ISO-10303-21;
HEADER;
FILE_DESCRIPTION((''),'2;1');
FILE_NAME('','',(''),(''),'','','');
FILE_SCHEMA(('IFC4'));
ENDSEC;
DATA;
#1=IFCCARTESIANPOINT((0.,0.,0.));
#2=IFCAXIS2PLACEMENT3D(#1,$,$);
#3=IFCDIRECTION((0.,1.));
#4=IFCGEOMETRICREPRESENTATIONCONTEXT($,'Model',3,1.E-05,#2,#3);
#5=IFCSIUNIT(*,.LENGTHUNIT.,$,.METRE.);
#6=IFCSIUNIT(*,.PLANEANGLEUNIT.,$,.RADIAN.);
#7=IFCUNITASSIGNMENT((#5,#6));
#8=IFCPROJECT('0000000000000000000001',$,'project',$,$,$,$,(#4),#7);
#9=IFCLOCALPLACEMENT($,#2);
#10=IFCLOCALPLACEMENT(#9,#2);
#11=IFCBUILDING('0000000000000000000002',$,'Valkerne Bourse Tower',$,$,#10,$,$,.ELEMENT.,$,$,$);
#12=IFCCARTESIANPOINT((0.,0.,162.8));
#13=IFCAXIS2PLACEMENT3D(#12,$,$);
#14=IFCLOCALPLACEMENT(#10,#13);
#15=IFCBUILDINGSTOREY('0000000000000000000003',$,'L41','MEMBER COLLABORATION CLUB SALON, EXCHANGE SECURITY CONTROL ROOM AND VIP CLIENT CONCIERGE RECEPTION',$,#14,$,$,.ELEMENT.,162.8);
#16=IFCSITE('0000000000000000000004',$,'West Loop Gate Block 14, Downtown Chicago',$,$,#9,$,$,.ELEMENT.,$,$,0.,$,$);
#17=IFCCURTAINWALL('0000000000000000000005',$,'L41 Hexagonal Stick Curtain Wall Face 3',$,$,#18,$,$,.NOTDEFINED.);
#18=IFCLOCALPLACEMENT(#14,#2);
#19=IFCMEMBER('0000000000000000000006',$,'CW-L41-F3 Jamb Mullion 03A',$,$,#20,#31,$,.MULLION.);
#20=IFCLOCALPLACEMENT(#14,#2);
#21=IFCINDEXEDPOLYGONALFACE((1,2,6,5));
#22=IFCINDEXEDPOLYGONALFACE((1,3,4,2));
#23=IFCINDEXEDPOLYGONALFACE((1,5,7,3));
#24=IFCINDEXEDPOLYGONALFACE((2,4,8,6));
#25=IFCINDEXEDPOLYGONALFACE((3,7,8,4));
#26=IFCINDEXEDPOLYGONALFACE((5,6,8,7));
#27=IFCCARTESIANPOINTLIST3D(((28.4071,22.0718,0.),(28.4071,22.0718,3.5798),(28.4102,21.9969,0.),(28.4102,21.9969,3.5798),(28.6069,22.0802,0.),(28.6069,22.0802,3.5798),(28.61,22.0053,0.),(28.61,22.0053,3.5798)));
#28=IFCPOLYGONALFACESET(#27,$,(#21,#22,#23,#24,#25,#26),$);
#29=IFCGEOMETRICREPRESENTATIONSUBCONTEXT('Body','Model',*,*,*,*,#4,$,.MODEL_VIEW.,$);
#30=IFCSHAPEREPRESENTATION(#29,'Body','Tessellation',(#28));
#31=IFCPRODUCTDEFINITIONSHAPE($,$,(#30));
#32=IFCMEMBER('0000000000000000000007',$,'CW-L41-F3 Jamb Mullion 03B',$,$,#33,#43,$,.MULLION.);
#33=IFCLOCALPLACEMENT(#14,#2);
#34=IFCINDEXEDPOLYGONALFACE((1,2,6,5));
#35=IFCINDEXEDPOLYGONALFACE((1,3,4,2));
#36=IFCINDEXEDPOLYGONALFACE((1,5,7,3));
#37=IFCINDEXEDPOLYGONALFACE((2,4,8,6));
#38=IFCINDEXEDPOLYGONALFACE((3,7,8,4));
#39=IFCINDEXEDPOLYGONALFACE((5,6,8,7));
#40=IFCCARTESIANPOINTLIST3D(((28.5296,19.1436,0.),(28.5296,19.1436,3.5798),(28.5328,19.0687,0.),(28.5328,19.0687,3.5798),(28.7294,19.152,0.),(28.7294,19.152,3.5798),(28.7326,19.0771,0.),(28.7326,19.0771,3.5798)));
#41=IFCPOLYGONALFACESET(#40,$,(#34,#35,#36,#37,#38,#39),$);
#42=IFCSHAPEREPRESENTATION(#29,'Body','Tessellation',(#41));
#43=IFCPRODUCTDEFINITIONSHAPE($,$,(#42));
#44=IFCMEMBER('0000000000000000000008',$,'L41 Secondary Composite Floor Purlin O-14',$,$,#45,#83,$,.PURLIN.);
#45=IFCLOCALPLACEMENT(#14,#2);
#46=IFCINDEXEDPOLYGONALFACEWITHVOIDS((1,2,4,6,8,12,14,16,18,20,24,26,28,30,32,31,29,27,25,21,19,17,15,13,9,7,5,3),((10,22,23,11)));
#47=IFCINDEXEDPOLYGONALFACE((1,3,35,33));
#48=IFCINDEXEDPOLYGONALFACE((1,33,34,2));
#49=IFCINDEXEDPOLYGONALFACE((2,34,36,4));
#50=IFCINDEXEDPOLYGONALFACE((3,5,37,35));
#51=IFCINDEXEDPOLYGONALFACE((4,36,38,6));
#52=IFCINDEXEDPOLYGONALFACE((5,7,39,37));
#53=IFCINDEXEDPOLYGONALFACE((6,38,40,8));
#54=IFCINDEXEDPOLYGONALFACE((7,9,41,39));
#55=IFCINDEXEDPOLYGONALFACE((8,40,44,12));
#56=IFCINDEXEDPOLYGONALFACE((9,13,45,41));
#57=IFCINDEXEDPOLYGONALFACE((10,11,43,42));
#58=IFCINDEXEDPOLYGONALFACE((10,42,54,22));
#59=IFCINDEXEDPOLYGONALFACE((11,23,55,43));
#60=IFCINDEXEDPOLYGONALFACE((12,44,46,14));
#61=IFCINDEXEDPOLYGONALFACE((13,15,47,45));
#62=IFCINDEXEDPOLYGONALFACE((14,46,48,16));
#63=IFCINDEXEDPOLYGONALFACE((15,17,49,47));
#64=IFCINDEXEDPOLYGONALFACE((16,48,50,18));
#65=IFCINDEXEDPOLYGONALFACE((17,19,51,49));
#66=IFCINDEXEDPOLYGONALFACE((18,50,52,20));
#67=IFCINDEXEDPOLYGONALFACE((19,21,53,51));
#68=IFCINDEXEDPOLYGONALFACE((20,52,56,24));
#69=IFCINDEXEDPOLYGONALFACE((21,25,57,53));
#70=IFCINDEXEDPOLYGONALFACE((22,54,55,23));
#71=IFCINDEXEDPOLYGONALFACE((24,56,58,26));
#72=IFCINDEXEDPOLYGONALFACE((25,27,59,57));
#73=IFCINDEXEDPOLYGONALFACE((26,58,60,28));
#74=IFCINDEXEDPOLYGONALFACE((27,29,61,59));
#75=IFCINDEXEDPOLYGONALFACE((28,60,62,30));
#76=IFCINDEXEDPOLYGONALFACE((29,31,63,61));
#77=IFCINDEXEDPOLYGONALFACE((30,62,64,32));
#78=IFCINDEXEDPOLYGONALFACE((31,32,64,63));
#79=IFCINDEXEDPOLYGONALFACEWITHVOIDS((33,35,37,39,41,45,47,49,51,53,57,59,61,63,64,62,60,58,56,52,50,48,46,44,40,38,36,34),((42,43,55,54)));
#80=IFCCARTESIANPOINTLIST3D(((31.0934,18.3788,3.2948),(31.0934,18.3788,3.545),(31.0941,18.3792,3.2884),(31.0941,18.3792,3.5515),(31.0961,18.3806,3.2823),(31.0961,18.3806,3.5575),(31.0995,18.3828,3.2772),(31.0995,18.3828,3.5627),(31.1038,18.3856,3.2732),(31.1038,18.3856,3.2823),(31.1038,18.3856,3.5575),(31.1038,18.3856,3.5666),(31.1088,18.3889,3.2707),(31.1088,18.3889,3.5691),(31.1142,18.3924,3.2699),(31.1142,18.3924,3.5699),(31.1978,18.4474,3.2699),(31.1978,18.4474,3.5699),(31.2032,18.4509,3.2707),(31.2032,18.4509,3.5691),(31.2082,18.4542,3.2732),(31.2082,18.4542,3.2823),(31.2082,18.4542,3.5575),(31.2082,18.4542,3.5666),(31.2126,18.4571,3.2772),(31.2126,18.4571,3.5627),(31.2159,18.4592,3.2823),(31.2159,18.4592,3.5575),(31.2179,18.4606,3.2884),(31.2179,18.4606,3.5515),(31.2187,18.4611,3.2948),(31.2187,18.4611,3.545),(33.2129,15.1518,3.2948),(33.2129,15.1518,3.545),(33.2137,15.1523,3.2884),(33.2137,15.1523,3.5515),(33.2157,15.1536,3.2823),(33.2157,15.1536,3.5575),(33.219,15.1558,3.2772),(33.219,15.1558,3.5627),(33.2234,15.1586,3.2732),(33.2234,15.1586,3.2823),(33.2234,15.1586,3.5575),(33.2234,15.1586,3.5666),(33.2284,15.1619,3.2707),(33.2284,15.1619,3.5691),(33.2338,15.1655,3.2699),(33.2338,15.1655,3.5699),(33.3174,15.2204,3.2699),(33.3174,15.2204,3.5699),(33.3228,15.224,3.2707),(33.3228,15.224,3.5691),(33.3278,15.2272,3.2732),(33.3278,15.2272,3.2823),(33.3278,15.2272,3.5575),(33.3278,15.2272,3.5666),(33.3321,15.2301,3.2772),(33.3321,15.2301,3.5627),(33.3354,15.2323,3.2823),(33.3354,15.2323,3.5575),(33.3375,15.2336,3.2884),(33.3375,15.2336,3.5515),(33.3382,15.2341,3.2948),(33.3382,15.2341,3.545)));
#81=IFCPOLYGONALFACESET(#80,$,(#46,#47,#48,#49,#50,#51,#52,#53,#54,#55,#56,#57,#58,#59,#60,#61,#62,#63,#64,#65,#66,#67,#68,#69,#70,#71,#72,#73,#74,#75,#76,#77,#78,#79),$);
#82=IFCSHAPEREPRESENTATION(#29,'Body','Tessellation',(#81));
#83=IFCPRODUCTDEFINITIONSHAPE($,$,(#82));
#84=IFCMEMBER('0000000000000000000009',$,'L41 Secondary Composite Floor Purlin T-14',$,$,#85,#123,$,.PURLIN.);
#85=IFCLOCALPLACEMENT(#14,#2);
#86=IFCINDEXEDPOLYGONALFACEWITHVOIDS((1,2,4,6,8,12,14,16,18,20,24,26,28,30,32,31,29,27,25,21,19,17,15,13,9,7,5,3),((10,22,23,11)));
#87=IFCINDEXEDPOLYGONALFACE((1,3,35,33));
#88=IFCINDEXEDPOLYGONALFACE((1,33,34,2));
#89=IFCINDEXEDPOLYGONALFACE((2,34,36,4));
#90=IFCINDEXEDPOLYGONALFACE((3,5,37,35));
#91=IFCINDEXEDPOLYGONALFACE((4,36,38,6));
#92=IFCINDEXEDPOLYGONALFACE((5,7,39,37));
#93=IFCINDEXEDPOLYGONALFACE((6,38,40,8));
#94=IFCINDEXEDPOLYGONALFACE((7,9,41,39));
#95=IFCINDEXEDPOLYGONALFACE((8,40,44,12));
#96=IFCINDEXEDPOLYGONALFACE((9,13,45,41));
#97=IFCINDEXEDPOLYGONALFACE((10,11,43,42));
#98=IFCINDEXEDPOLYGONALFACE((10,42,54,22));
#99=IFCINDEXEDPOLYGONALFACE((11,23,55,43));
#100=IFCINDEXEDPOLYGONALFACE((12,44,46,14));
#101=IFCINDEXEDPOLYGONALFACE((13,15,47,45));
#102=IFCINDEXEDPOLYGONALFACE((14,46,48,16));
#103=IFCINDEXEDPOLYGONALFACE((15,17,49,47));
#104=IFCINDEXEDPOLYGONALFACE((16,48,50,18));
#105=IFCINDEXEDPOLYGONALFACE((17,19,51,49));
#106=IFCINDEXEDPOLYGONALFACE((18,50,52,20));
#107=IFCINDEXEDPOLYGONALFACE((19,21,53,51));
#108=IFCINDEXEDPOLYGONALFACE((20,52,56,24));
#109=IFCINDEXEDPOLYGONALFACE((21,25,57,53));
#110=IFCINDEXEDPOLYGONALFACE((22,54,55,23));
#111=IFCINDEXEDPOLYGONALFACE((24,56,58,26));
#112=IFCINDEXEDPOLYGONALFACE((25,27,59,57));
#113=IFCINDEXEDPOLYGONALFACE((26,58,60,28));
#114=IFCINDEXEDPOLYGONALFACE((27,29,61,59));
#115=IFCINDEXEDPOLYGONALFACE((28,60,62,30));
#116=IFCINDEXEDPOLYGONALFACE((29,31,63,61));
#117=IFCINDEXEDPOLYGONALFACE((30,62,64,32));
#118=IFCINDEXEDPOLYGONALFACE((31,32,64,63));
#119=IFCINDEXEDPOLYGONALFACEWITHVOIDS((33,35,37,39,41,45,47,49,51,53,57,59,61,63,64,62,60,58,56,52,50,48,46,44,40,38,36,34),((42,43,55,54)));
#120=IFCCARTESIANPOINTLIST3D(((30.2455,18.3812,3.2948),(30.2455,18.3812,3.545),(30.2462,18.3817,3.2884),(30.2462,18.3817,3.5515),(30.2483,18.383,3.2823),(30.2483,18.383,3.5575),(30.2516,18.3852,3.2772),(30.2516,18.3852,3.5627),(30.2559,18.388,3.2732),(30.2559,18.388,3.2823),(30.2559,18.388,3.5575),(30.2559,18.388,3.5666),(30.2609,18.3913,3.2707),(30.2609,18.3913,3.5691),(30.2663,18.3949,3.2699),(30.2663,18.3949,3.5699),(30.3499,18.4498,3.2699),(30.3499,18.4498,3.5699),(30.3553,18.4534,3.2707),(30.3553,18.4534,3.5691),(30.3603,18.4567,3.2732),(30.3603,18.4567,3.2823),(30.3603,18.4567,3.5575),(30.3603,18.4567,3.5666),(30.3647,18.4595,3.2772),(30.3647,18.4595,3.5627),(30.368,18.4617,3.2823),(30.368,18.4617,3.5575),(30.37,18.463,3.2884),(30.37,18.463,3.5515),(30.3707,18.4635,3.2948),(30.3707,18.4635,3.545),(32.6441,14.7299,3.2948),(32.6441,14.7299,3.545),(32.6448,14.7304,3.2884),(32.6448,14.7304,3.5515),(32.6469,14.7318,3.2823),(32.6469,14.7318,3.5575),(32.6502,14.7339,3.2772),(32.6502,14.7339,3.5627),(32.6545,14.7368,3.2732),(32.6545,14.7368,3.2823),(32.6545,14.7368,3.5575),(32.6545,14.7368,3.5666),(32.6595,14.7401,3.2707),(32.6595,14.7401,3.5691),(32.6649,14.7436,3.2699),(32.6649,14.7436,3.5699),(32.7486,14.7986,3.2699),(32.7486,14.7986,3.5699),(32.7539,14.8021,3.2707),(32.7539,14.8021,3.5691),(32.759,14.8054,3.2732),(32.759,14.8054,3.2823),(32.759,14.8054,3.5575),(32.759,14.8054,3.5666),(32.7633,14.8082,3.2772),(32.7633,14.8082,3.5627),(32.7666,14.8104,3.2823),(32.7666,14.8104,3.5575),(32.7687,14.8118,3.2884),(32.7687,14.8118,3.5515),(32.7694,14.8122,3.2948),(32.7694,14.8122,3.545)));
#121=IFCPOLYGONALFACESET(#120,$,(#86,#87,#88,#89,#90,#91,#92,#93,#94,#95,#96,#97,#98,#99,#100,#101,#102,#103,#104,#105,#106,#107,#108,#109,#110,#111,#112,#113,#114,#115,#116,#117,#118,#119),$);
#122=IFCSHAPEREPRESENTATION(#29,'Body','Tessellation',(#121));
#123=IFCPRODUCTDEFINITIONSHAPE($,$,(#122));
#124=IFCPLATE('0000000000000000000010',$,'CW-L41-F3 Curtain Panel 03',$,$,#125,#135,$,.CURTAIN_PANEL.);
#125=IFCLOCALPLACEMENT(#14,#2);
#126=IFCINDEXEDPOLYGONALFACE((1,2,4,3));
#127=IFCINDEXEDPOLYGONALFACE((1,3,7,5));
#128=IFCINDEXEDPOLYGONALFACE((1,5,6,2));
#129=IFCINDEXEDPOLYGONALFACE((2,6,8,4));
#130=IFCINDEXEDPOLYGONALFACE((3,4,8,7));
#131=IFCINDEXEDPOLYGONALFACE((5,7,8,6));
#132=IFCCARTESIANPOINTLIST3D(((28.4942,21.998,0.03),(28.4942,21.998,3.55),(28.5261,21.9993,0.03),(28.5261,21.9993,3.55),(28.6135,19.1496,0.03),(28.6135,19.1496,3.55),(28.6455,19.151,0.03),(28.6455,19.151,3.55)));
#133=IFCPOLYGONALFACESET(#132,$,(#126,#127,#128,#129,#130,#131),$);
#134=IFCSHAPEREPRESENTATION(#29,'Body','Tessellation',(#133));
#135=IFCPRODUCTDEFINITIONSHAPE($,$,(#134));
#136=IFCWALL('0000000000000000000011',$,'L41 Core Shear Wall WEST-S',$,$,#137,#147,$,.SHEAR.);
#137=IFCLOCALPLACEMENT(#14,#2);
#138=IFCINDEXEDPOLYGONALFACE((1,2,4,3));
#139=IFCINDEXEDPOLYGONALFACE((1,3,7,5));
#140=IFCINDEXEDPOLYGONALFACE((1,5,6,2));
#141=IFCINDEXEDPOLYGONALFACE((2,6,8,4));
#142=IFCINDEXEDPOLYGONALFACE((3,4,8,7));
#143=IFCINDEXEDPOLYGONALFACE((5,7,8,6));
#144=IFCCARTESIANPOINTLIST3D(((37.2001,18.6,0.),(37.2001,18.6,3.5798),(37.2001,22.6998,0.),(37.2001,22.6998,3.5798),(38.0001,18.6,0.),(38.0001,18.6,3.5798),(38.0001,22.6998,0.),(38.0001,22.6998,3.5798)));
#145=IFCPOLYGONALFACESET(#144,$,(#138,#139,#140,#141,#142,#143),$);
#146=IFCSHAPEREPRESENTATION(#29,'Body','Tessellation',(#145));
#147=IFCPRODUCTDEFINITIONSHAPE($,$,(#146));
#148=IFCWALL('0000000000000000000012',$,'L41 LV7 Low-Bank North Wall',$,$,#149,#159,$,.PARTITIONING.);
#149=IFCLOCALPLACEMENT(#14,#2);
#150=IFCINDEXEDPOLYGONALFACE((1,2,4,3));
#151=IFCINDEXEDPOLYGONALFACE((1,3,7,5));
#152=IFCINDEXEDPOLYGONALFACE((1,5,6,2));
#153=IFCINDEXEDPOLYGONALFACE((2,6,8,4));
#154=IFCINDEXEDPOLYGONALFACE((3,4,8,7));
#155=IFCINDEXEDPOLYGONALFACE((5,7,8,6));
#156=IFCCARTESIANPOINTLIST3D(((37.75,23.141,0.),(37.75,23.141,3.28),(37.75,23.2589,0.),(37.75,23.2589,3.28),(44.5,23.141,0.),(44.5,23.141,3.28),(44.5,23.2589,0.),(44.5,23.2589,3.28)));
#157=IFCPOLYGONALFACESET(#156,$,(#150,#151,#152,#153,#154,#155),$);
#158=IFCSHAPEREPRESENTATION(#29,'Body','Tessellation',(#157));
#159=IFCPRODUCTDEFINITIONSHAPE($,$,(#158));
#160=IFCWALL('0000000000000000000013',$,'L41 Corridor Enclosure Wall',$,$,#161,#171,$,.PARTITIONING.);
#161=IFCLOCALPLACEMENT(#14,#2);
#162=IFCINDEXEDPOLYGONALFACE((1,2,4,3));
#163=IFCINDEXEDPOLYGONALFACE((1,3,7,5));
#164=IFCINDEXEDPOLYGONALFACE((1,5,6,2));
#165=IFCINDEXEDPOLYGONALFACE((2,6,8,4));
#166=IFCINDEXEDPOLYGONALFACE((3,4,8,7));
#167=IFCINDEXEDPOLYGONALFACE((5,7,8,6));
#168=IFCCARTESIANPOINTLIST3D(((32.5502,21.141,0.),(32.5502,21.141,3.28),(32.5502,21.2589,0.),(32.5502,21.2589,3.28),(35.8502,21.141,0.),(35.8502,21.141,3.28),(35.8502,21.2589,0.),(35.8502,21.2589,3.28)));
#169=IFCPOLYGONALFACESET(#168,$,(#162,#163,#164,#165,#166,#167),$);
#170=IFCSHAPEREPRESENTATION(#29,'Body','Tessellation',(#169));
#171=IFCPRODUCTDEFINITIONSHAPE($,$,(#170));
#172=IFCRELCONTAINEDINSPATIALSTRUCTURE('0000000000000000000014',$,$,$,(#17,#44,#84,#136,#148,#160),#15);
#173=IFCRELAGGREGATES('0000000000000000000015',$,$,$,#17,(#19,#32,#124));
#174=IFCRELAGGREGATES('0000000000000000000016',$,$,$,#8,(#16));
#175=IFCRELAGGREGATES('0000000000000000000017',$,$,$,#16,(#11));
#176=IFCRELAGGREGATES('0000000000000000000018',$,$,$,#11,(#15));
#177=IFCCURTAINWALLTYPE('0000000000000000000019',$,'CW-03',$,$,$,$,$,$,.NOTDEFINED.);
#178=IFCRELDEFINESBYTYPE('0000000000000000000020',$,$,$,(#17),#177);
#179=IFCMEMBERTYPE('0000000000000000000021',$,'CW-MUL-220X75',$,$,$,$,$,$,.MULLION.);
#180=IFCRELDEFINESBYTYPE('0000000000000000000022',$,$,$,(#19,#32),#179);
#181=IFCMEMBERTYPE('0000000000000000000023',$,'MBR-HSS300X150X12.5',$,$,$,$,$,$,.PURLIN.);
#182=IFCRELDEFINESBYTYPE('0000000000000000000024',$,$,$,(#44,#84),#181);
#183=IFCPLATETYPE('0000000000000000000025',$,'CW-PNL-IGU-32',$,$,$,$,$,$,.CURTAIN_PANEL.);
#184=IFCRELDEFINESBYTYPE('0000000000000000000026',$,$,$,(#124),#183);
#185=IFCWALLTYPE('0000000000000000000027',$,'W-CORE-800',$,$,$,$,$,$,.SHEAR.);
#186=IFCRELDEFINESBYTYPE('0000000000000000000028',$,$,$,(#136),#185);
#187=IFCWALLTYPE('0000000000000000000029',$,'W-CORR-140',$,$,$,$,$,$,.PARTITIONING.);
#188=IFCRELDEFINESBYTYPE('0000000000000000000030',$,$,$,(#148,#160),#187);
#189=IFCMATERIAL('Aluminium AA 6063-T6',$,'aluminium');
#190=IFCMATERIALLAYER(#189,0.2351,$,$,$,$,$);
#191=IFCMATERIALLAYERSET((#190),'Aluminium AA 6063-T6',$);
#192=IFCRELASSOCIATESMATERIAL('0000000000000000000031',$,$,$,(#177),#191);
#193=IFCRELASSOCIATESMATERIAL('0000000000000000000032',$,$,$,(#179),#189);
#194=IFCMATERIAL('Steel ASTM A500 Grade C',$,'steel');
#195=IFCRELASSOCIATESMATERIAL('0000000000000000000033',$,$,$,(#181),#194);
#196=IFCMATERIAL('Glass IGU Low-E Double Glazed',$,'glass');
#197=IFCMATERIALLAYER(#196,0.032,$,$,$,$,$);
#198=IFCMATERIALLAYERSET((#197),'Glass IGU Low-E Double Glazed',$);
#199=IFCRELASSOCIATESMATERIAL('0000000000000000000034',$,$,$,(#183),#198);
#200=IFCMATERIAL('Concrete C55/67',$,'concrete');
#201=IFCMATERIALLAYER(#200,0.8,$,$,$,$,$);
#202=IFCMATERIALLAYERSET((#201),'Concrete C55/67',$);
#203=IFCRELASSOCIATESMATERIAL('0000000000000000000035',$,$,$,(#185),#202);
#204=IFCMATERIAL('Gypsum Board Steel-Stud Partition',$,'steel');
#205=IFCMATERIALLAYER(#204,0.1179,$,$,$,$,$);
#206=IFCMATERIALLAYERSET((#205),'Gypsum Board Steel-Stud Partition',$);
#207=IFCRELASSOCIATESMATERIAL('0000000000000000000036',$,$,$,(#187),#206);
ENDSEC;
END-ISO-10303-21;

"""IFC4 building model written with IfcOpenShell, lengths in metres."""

from ifc_helpers import new_model, si_unit, direction, frame, frame_2d, origin, origin_2d, place, context, subcontext, project, spatial, rectangle, hollow_rectangle, extrude, material, layer, layer_set, material_profile, profile_set, type_object, element, aggregate, save


model = new_model("IFC4")

# Units and contexts
model_context = context("Model", 3, precision=1e-05, world=origin(), true_north=direction((0.0, 1.0)))
body_context = subcontext(model_context, "Body", "Model", "MODEL_VIEW")
ifc_project = project(units=[si_unit("LENGTHUNIT", "METRE"), si_unit("PLANEANGLEUNIT", "RADIAN")], contexts=[model_context])

# Site, building, storey
site_placement = place(None, origin())
site = spatial("IfcSite", under=ifc_project, at=site_placement, Name="West Loop Gate Block 14, Downtown Chicago", CompositionType="ELEMENT", RefElevation=0.0)
building_placement = place(site_placement, origin())
building = spatial("IfcBuilding", under=site, at=building_placement, Name="Valkerne Bourse Tower", CompositionType="ELEMENT")
storey_placement = place(building_placement, frame((0.0, 0.0, 162.8)))
storey = spatial("IfcBuildingStorey", under=building, at=storey_placement, Name="L41", Description="MEMBER COLLABORATION CLUB SALON, EXCHANGE SECURITY CONTROL ROOM AND VIP CLIENT CONCIERGE RECEPTION", CompositionType="ELEMENT", Elevation=162.8)

# Curtain wall, members
ifc_material_1 = material(Name="Aluminium AA 6063-T6", Category="aluminium")
ifc_layer_1 = layer(ifc_material_1, 0.2351)
ifc_layer_set_1 = layer_set([ifc_layer_1], Name="Aluminium AA 6063-T6")
curtain_wall_type = type_object("IfcCurtainWallType", Name="CW-03", PredefinedType="NOTDEFINED", material=ifc_layer_set_1)
curtain_wall_placement = place(storey_placement, origin())
curtain_wall = element("IfcCurtainWall", 1, at=curtain_wall_placement, inside=storey, type_object=curtain_wall_type, Name="L41 Hexagonal Stick Curtain Wall Face 3", PredefinedType="NOTDEFINED")
ifc_material_profile_1 = material_profile(ifc_material_1, rectangle(XDim=0.075, YDim=0.2, at=origin_2d()), Name="CWM-75X200")
ifc_profile_set_1 = profile_set([ifc_material_profile_1], Name="Aluminium AA 6063-T6")
member_type_1 = type_object("IfcMemberType", Name="CW-MUL-220X75", PredefinedType="MULLION", material=ifc_profile_set_1)
member_1_placement = place(storey_placement, frame((28.5085, 22.0386, 0.0), z_axis=(0.0, 0.0, 1.0), x_axis=(0.041873, -0.999123, 0.0)))
member_1 = element("IfcMember", 2, at=member_1_placement, type_object=member_type_1, Name="CW-L41-F3 Jamb Mullion 03A", PredefinedType="MULLION", context=body_context, shape_type="SweptSolid", body=[
    extrude(rectangle(XDim=0.075, YDim=0.2, at=origin_2d()), origin(), (0.0, 0.0, 1.0), 3.5798),
])
member_2_placement = place(storey_placement, frame((28.6311, 19.1104, 0.0), z_axis=(0.0, 0.0, 1.0), x_axis=(0.041873, -0.999123, 0.0)))
member_2 = element("IfcMember", 3, at=member_2_placement, type_object=member_type_1, Name="CW-L41-F3 Jamb Mullion 03B", PredefinedType="MULLION", context=body_context, shape_type="SweptSolid", body=[
    extrude(rectangle(XDim=0.075, YDim=0.2, at=origin_2d()), origin(), (0.0, 0.0, 1.0), 3.5798),
])

# Members
ifc_material_2 = material(Name="Steel ASTM A500 Grade C", Category="steel")
ifc_material_profile_2 = material_profile(ifc_material_2, hollow_rectangle(XDim=0.1499, YDim=0.3, WallThickness=0.0125, OuterFilletRadius=0.0249, at=origin_2d()), Name="HSS300X150X12.5")
ifc_profile_set_2 = profile_set([ifc_material_profile_2], Name="Steel ASTM A500 Grade C")
member_type_2 = type_object("IfcMemberType", Name="MBR-HSS300X150X12.5", PredefinedType="PURLIN", material=ifc_profile_set_2)
member_3_placement = place(storey_placement, frame((31.156, 18.4199, 3.4199), z_axis=(0.548996, -0.835825, 0.0), x_axis=(0.835825, 0.548996, 0.0)))
element("IfcMember", 4, at=member_3_placement, inside=storey, type_object=member_type_2, Name="L41 Secondary Composite Floor Purlin O-14", PredefinedType="PURLIN", context=body_context, shape_type="SweptSolid", body=[
    extrude(hollow_rectangle(XDim=0.1499, YDim=0.3, WallThickness=0.0125, OuterFilletRadius=0.0249, at=origin_2d()), origin(), (0.0, 0.0, 1.0), 3.8608),
])
member_4_placement = place(storey_placement, frame((30.3081, 18.4224, 3.4199), z_axis=(0.549052, -0.835788, 0.0), x_axis=(0.835788, 0.549052, 0.0)))
element("IfcMember", 5, at=member_4_placement, inside=storey, type_object=member_type_2, Name="L41 Secondary Composite Floor Purlin T-14", PredefinedType="PURLIN", context=body_context, shape_type="SweptSolid", body=[
    extrude(hollow_rectangle(XDim=0.1499, YDim=0.3, WallThickness=0.0125, OuterFilletRadius=0.0249, at=origin_2d()), origin(), (0.0, 0.0, 1.0), 4.3687),
])

# Plate
ifc_material_3 = material(Name="Glass IGU Low-E Double Glazed", Category="glass")
ifc_layer_2 = layer(ifc_material_3, 0.032)
ifc_layer_set_2 = layer_set([ifc_layer_2], Name="Glass IGU Low-E Double Glazed")
plate_type = type_object("IfcPlateType", Name="CW-PNL-IGU-32", PredefinedType="CURTAIN_PANEL", material=ifc_layer_set_2)
plate_placement = place(storey_placement, frame((28.5698, 20.5745, 0.03), z_axis=(0.0, 0.0, 1.0), x_axis=(0.041873, -0.999123, 0.0)))
plate = element("IfcPlate", 6, at=plate_placement, type_object=plate_type, Name="CW-L41-F3 Curtain Panel 03", PredefinedType="CURTAIN_PANEL", context=body_context, shape_type="SweptSolid", body=[
    extrude(rectangle(XDim=2.8508, YDim=0.032, at=origin_2d()), origin(), (0.0, 0.0, 1.0), 3.52),
])
aggregate(curtain_wall, [member_1, member_2, plate])

# Walls
ifc_material_4 = material(Name="Concrete C55/67", Category="concrete")
ifc_layer_3 = layer(ifc_material_4, 0.8)
ifc_layer_set_3 = layer_set([ifc_layer_3], Name="Concrete C55/67")
wall_type_1 = type_object("IfcWallType", Name="W-CORE-800", PredefinedType="SHEAR", material=ifc_layer_set_3)
wall_1_placement = place(storey_placement, frame((37.6001, 18.6001, 0.0), z_axis=(0.0, 0.0, 1.0), x_axis=(0.0, 1.0, 0.0)))
element("IfcWall", 7, at=wall_1_placement, inside=storey, type_object=wall_type_1, Name="L41 Core Shear Wall WEST-S", PredefinedType="SHEAR", context=body_context, shape_type="SweptSolid", body=[
    extrude(rectangle(XDim=4.0999, YDim=0.8, at=frame_2d((2.0498, 0.0))), origin(), (0.0, 0.0, 1.0), 3.5798),
])
ifc_material_5 = material(Name="Gypsum Board Steel-Stud Partition", Category="steel")
ifc_layer_4 = layer(ifc_material_5, 0.1179)
ifc_layer_set_4 = layer_set([ifc_layer_4], Name="Gypsum Board Steel-Stud Partition")
wall_type_2 = type_object("IfcWallType", Name="W-CORR-140", PredefinedType="PARTITIONING", material=ifc_layer_set_4)
wall_2_placement = place(storey_placement, frame((37.75, 23.2, 0.0), z_axis=(0.0, 0.0, 1.0), x_axis=(1.0, 0.0, 0.0)))
element("IfcWall", 8, at=wall_2_placement, inside=storey, type_object=wall_type_2, Name="L41 LV7 Low-Bank North Wall", PredefinedType="PARTITIONING", context=body_context, shape_type="SweptSolid", body=[
    extrude(rectangle(XDim=6.75, YDim=0.1179, at=frame_2d((3.375, 0.0))), origin(), (0.0, 0.0, 1.0), 3.28),
])
wall_3_placement = place(storey_placement, frame((35.8501, 21.2, 0.0), z_axis=(0.0, 0.0, 1.0), x_axis=(-1.0, 0.0, 0.0)))
element("IfcWall", 9, at=wall_3_placement, inside=storey, type_object=wall_type_2, Name="L41 Corridor Enclosure Wall", PredefinedType="PARTITIONING", context=body_context, shape_type="SweptSolid", body=[
    extrude(rectangle(XDim=3.3, YDim=0.1179, at=frame_2d((1.6499, 0.0))), origin(), (0.0, 0.0, 1.0), 3.28),
])

save(model, "model.ifc")
